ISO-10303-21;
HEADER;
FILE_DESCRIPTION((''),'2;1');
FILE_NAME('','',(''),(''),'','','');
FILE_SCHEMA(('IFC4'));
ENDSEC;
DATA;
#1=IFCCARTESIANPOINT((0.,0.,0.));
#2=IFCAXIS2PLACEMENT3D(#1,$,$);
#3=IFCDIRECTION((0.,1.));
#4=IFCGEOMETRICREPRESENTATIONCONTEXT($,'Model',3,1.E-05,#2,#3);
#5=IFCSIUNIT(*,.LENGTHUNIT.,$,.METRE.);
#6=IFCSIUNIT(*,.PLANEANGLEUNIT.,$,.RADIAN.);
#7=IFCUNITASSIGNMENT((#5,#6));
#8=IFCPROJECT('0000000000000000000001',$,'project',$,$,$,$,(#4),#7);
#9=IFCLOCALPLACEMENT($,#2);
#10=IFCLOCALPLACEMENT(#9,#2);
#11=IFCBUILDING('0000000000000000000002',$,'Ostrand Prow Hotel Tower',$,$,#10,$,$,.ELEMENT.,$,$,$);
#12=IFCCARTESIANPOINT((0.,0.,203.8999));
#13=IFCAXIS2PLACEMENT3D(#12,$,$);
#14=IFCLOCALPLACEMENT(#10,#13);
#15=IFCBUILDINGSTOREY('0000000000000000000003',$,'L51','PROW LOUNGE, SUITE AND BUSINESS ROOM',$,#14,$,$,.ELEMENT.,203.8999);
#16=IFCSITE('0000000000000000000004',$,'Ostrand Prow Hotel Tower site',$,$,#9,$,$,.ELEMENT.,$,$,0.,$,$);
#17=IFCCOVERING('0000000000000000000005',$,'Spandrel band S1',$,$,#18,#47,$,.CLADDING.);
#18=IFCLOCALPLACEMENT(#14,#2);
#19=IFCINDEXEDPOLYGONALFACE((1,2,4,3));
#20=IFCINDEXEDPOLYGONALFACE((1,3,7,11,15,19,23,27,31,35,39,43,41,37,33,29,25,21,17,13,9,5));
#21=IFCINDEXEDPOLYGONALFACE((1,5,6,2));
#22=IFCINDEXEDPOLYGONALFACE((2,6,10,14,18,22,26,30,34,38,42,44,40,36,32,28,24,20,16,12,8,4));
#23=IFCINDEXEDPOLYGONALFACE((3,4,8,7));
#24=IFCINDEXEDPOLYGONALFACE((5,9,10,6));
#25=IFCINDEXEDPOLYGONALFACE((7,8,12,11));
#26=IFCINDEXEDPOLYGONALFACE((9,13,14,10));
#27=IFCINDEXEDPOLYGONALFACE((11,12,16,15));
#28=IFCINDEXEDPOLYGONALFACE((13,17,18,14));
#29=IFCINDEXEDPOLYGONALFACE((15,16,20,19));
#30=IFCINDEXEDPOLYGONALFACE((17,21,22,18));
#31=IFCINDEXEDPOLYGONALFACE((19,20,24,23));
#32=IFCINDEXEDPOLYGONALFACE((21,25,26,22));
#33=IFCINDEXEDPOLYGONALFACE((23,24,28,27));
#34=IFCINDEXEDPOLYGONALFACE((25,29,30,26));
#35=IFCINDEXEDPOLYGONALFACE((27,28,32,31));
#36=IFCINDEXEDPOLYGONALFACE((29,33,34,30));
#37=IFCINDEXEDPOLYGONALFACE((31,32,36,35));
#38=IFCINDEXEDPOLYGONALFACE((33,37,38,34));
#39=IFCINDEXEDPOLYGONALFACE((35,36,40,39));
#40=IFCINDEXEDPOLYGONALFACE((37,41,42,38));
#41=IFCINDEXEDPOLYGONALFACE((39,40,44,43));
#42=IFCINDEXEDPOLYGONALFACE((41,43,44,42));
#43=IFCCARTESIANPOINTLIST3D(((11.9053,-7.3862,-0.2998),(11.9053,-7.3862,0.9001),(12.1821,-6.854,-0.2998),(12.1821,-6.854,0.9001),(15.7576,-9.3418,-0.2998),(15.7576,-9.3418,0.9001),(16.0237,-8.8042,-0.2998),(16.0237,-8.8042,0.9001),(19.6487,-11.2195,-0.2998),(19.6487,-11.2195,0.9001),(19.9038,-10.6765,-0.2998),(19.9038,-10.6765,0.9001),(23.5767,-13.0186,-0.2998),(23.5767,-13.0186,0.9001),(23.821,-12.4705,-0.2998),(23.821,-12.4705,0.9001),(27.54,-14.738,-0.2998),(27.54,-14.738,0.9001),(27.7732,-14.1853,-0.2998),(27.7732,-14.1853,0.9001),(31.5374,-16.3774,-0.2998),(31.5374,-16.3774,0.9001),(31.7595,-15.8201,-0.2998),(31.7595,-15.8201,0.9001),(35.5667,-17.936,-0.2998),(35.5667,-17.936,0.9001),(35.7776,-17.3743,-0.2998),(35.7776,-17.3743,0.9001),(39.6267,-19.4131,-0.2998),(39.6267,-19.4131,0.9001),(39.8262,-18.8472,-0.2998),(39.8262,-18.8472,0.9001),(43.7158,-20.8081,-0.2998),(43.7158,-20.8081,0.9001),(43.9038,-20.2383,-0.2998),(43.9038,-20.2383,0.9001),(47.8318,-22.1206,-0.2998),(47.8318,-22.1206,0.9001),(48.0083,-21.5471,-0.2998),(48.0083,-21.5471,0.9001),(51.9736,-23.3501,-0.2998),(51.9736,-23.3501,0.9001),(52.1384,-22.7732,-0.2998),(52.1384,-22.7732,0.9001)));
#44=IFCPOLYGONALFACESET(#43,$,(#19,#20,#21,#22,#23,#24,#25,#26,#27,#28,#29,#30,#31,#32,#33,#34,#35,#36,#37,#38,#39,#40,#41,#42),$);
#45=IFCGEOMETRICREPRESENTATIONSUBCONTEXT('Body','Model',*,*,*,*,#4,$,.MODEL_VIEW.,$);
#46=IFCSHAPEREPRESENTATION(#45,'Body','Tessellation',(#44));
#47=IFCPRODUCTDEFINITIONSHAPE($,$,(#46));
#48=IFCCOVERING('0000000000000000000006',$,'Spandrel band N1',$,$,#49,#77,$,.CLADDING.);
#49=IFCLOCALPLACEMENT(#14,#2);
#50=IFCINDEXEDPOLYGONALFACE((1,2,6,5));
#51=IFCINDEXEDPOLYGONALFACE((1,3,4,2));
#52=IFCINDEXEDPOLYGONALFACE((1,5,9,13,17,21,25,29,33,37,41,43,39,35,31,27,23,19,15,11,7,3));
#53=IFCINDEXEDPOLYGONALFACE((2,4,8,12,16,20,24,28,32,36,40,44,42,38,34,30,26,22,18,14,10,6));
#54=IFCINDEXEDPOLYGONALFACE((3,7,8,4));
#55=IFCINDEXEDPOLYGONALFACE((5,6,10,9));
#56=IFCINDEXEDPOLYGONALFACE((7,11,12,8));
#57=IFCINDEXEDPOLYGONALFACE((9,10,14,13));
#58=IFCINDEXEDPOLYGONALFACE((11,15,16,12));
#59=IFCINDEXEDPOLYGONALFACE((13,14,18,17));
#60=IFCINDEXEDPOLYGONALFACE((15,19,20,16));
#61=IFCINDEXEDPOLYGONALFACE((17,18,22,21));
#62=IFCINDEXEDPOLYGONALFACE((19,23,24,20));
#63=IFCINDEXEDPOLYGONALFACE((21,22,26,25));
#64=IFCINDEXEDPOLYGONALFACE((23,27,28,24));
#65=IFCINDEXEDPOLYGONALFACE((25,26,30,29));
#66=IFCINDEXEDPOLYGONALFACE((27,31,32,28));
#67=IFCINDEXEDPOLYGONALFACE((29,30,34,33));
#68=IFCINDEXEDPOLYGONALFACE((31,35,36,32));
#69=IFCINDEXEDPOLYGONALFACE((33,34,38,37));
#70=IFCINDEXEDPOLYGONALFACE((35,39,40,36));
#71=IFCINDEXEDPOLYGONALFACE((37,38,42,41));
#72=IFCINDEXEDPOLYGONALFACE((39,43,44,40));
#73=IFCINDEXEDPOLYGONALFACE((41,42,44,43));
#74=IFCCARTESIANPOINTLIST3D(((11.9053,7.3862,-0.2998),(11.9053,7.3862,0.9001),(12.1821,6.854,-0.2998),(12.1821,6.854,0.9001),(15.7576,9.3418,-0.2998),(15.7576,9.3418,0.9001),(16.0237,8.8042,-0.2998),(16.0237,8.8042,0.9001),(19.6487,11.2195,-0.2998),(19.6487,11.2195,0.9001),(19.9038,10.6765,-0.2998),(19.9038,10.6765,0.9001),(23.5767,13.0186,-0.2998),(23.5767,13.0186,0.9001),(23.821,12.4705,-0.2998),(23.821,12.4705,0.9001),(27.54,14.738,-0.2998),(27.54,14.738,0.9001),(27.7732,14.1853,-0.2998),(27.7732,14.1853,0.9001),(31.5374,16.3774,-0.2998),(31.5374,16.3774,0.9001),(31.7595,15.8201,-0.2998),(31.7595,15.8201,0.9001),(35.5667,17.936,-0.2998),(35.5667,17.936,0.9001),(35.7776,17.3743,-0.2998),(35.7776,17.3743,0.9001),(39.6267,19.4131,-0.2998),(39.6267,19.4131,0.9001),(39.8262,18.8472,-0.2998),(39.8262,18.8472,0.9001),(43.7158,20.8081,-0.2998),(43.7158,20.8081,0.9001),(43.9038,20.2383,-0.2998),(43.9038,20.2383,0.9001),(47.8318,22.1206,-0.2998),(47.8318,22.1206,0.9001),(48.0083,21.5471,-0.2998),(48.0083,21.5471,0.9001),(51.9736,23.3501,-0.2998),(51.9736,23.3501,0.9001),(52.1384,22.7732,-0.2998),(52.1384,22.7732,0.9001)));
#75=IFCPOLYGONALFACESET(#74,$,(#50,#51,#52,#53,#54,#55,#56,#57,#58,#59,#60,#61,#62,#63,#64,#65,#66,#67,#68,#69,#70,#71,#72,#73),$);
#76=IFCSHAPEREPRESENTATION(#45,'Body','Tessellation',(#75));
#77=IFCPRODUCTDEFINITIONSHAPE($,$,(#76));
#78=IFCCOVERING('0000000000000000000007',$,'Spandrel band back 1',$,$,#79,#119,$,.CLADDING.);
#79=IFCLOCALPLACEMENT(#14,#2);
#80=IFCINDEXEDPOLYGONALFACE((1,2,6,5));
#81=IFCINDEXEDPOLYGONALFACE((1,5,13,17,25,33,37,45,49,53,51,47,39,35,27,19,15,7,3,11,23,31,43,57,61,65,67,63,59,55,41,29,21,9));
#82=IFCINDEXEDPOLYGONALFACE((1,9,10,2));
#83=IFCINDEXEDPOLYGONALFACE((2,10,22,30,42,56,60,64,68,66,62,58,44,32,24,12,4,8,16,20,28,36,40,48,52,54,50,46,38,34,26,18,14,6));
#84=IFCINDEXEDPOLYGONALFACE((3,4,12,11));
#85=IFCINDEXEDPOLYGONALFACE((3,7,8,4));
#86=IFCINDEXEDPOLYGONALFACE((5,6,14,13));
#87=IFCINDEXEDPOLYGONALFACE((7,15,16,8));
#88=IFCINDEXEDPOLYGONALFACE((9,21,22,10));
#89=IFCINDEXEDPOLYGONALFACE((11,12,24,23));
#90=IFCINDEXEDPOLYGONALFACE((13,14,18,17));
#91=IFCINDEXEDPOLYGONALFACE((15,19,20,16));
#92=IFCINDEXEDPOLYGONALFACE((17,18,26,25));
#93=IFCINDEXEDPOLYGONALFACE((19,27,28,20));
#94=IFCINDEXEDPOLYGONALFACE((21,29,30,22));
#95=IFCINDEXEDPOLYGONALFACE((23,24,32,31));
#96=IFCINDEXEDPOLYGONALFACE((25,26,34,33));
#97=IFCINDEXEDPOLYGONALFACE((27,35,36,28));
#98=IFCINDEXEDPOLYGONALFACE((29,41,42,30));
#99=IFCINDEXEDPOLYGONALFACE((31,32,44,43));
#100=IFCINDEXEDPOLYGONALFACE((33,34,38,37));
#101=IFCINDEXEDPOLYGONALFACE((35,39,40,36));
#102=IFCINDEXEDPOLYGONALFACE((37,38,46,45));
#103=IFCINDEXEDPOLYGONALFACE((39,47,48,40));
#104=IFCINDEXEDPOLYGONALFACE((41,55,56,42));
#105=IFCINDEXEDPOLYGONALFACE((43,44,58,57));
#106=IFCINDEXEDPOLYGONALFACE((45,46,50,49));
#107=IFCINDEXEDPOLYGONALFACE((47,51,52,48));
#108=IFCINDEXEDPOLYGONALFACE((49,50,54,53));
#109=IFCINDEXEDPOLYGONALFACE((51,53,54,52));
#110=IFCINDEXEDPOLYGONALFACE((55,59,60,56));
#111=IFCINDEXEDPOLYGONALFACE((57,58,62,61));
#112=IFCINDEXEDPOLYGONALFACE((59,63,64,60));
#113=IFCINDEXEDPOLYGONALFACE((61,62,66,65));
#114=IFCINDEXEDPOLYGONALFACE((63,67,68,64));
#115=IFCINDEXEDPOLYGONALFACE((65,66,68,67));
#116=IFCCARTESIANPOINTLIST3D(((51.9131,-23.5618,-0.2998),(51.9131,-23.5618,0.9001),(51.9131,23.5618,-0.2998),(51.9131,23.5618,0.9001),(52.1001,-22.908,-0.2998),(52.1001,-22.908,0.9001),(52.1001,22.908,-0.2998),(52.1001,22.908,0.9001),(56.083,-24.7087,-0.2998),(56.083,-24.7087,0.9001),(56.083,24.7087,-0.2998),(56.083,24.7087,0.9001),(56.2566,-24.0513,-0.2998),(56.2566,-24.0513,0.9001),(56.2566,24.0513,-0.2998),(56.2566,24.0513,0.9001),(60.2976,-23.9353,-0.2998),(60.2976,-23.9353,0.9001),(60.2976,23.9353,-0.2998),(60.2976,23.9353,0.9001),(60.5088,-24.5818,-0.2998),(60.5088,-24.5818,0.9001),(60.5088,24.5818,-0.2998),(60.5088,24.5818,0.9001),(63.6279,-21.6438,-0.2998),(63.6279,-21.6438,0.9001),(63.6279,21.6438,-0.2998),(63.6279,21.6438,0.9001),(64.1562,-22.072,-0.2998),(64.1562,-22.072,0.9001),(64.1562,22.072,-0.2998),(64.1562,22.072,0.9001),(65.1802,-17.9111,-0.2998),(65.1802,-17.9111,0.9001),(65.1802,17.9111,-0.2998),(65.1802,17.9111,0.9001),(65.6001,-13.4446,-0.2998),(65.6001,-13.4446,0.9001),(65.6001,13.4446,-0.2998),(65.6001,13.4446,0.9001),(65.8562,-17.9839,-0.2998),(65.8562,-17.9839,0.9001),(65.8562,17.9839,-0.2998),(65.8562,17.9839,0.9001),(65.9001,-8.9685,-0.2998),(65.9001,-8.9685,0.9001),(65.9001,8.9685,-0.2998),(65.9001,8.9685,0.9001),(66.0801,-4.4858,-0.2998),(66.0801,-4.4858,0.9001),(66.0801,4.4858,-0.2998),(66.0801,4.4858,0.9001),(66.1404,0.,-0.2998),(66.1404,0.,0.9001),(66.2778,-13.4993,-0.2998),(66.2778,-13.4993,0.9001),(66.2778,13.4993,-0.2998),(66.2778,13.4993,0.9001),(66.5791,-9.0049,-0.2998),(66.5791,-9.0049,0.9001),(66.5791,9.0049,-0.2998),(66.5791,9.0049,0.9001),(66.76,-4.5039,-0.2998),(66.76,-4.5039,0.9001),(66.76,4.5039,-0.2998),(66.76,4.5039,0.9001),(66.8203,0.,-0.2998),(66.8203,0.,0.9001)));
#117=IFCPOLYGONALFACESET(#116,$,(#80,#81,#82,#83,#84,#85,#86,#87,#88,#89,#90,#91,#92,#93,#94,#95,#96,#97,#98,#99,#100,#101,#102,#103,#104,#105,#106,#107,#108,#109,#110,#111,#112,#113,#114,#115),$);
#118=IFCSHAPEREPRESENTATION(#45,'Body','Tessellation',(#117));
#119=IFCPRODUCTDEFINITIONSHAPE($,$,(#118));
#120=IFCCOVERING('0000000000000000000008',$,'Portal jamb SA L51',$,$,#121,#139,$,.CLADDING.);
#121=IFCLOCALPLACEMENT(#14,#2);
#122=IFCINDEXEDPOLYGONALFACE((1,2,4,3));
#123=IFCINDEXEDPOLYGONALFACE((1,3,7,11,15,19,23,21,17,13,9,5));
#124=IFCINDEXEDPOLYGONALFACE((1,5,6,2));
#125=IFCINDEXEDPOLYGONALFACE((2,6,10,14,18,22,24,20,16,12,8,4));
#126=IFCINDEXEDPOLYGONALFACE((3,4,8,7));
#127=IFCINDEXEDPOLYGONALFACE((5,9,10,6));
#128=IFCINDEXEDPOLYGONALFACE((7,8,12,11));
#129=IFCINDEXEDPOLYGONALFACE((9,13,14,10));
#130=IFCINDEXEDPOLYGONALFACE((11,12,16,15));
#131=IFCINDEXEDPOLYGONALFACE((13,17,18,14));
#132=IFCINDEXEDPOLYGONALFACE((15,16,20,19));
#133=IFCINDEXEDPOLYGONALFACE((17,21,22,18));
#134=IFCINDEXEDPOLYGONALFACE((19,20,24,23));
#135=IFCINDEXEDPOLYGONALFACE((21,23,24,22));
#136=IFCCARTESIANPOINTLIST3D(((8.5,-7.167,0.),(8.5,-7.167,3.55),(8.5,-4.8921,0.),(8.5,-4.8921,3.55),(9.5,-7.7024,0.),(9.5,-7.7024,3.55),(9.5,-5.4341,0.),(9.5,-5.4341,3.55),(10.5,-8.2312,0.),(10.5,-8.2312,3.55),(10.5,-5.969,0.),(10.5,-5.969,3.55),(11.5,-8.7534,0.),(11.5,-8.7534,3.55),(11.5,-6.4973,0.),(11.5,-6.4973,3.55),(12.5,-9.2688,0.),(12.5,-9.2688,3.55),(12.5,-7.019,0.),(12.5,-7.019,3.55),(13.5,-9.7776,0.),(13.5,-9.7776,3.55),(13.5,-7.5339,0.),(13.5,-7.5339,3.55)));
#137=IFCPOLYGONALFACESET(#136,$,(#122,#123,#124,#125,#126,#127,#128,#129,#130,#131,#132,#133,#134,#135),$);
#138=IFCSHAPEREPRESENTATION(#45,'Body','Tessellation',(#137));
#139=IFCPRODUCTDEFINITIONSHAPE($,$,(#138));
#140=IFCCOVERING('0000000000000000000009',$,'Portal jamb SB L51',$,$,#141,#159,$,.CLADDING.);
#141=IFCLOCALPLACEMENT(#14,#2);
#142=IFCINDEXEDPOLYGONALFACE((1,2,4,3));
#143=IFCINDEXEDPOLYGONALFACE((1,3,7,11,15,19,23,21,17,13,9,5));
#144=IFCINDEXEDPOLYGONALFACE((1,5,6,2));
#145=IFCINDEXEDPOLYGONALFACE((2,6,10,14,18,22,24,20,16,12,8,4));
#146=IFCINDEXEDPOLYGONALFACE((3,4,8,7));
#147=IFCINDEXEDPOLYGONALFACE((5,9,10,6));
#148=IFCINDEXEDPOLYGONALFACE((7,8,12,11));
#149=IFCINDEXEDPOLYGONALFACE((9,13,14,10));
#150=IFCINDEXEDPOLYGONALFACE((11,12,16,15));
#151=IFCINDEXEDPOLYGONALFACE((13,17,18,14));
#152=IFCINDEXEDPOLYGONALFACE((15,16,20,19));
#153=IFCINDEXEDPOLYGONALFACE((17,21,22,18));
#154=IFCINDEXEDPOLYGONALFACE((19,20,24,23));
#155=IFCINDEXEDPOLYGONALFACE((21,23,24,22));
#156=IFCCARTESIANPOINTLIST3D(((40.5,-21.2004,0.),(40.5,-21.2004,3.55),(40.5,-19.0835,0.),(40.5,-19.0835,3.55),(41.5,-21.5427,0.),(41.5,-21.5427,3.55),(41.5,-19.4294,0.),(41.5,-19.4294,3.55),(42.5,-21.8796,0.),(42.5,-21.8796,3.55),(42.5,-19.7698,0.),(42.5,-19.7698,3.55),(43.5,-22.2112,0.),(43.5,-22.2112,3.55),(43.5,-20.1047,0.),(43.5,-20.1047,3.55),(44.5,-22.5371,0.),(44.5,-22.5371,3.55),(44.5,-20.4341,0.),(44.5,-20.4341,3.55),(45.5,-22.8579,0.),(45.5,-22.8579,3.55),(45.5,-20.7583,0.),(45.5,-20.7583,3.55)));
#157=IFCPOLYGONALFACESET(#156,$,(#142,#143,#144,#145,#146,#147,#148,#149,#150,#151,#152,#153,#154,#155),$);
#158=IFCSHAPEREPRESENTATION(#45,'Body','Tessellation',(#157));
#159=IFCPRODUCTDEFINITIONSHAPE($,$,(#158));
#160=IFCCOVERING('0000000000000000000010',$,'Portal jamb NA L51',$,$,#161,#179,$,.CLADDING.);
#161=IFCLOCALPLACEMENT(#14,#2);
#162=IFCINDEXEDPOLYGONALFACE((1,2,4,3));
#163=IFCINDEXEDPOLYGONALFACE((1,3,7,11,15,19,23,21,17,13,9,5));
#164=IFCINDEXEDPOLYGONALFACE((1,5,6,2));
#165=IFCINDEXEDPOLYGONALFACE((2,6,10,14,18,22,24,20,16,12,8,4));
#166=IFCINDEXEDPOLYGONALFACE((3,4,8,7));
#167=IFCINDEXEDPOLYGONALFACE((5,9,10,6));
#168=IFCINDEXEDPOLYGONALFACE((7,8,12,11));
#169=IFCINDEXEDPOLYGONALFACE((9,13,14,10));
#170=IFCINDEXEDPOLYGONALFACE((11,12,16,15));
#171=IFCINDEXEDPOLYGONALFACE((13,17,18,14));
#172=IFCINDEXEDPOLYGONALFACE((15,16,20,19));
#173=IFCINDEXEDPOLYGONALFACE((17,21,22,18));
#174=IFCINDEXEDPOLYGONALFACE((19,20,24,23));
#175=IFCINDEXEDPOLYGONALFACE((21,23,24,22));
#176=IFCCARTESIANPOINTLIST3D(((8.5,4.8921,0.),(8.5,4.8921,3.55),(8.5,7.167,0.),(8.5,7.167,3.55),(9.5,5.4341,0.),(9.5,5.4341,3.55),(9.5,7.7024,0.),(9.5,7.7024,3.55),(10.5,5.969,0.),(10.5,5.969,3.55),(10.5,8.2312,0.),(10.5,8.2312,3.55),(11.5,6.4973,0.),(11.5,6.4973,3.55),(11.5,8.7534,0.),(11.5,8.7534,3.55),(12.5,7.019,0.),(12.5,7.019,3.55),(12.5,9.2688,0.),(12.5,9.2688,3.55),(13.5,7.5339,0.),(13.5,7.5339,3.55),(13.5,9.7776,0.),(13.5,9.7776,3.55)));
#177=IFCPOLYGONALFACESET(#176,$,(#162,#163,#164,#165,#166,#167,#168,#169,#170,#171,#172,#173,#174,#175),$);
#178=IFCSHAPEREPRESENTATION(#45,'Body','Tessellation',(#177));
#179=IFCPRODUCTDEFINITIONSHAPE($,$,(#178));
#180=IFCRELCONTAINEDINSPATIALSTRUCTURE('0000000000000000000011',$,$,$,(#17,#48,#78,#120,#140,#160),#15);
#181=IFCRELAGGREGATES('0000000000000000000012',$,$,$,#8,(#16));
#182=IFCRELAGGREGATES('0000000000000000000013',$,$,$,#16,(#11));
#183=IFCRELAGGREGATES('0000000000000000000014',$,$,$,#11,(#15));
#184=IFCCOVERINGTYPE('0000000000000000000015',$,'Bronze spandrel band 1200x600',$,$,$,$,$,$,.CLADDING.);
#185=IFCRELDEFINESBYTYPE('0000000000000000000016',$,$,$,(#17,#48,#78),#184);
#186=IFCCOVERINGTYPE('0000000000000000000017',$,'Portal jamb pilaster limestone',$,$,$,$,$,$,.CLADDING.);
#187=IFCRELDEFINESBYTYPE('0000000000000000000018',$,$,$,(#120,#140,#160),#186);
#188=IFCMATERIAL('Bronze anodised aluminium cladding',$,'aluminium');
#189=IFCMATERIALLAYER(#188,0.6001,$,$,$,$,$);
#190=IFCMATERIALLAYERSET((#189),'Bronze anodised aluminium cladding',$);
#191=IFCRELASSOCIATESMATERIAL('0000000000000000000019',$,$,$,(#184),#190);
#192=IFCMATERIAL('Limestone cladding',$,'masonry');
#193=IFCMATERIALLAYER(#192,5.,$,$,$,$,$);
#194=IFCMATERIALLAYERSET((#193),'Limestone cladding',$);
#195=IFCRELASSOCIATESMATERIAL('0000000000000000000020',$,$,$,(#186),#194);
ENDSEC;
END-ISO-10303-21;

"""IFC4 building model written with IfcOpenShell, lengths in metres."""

from ifc_helpers import new_model, si_unit, direction, frame, origin, place, context, subcontext, project, spatial, polyline, outline, extrude, material, layer, layer_set, type_object, element, save


model = new_model("IFC4")

# Units and contexts
model_context = context("Model", 3, precision=1e-05, world=origin(), true_north=direction((0.0, 1.0)))
body_context = subcontext(model_context, "Body", "Model", "MODEL_VIEW")
ifc_project = project(units=[si_unit("LENGTHUNIT", "METRE"), si_unit("PLANEANGLEUNIT", "RADIAN")], contexts=[model_context])

# Site, building, storey
site_placement = place(None, origin())
site = spatial("IfcSite", under=ifc_project, at=site_placement, Name="Ostrand Prow Hotel Tower site", CompositionType="ELEMENT", RefElevation=0.0)
building_placement = place(site_placement, origin())
building = spatial("IfcBuilding", under=site, at=building_placement, Name="Ostrand Prow Hotel Tower", CompositionType="ELEMENT")
storey_placement = place(building_placement, frame((0.0, 0.0, 203.8999)))
storey = spatial("IfcBuildingStorey", under=building, at=storey_placement, Name="L51", Description="PROW LOUNGE, SUITE AND BUSINESS ROOM", CompositionType="ELEMENT", Elevation=203.8999)

# Coverings
ifc_material_1 = material(Name="Bronze anodised aluminium cladding", Category="aluminium")
ifc_layer_1 = layer(ifc_material_1, 0.6001)
ifc_layer_set_1 = layer_set([ifc_layer_1], Name="Bronze anodised aluminium cladding")
covering_type_1 = type_object("IfcCoveringType", Name="Bronze spandrel band 1200x600", PredefinedType="CLADDING", material=ifc_layer_set_1)
covering_1_placement = place(storey_placement, frame((0.0, 0.0, -0.2998)))
element("IfcCovering", 1, at=covering_1_placement, inside=storey, type_object=covering_type_1, Name="Spandrel band S1", PredefinedType="CLADDING", context=body_context, shape_type="SweptSolid", body=[
    extrude(outline(polyline([(11.9053, -7.3862), (15.7576, -9.3418), (19.6487, -11.2195), (23.5767, -13.0186), (27.54, -14.738), (31.5374, -16.3774), (35.5667, -17.936), (39.6267, -19.4131), (43.7158, -20.8081), (47.8318, -22.1206), (51.9736, -23.3501), (52.1384, -22.7732), (48.0083, -21.5471), (43.9038, -20.2383), (39.8262, -18.8472), (35.7776, -17.3743), (31.7595, -15.8201), (27.7732, -14.1853), (23.821, -12.4705), (19.9038, -10.6765), (16.0237, -8.8042), (12.1821, -6.854), (11.9053, -7.3862)])), origin(), (0.0, 0.0, 1.0), 1.2),
])
covering_2_placement = place(storey_placement, frame((0.0, 0.0, -0.2998)))
element("IfcCovering", 2, at=covering_2_placement, inside=storey, type_object=covering_type_1, Name="Spandrel band N1", PredefinedType="CLADDING", context=body_context, shape_type="SweptSolid", body=[
    extrude(outline(polyline([(51.9736, 23.3501), (47.8318, 22.1206), (43.7158, 20.8081), (39.6267, 19.4131), (35.5667, 17.936), (31.5374, 16.3774), (27.54, 14.738), (23.5767, 13.0186), (19.6487, 11.2195), (15.7576, 9.3418), (11.9053, 7.3862), (12.1821, 6.854), (16.0237, 8.8042), (19.9038, 10.6765), (23.821, 12.4705), (27.7732, 14.1853), (31.7595, 15.8201), (35.7776, 17.3743), (39.8262, 18.8472), (43.9038, 20.2383), (48.0083, 21.5471), (52.1384, 22.7732), (51.9736, 23.3501)])), origin(), (0.0, 0.0, 1.0), 1.2),
])
covering_3_placement = place(storey_placement, frame((0.0, 0.0, -0.2998)))
element("IfcCovering", 3, at=covering_3_placement, inside=storey, type_object=covering_type_1, Name="Spandrel band back 1", PredefinedType="CLADDING", context=body_context, shape_type="SweptSolid", body=[
    extrude(outline(polyline([(51.9131, -23.5618), (56.083, -24.7087), (60.5088, -24.5818), (64.1562, -22.072), (65.8562, -17.9839), (66.2778, -13.4993), (66.5791, -9.0049), (66.76, -4.5039), (66.8203, 0.0), (66.76, 4.5039), (66.5791, 9.0049), (66.2778, 13.4993), (65.8562, 17.9839), (64.1562, 22.072), (60.5088, 24.5818), (56.083, 24.7087), (51.9131, 23.5618), (52.1001, 22.908), (56.2566, 24.0513), (60.2976, 23.9353), (63.6279, 21.6438), (65.1802, 17.9111), (65.6001, 13.4446), (65.9001, 8.9685), (66.0801, 4.4858), (66.1404, 0.0), (66.0801, -4.4858), (65.9001, -8.9685), (65.6001, -13.4446), (65.1802, -17.9111), (63.6279, -21.6438), (60.2976, -23.9353), (56.2566, -24.0513), (52.1001, -22.908), (51.9131, -23.5618)])), origin(), (0.0, 0.0, 1.0), 1.2),
])
ifc_material_2 = material(Name="Limestone cladding", Category="masonry")
ifc_layer_2 = layer(ifc_material_2, 5.0)
ifc_layer_set_2 = layer_set([ifc_layer_2], Name="Limestone cladding")
covering_type_2 = type_object("IfcCoveringType", Name="Portal jamb pilaster limestone", PredefinedType="CLADDING", material=ifc_layer_set_2)
covering_4_placement = place(storey_placement, origin())
element("IfcCovering", 4, at=covering_4_placement, inside=storey, type_object=covering_type_2, Name="Portal jamb SA L51", PredefinedType="CLADDING", context=body_context, shape_type="SweptSolid", body=[
    extrude(outline(polyline([(8.5, -4.8921), (8.5, -7.167), (9.5, -7.7024), (10.5, -8.2312), (11.5, -8.7534), (12.5, -9.2688), (13.5, -9.7776), (13.5, -7.5339), (12.5, -7.019), (11.5, -6.4973), (10.5, -5.969), (9.5, -5.4341), (8.5, -4.8921)])), origin(), (0.0, 0.0, 1.0), 3.55),
])
covering_5_placement = place(storey_placement, origin())
element("IfcCovering", 5, at=covering_5_placement, inside=storey, type_object=covering_type_2, Name="Portal jamb SB L51", PredefinedType="CLADDING", context=body_context, shape_type="SweptSolid", body=[
    extrude(outline(polyline([(40.5, -19.0835), (40.5, -21.2004), (41.5, -21.5427), (42.5, -21.8796), (43.5, -22.2112), (44.5, -22.5371), (45.5, -22.8579), (45.5, -20.7583), (44.5, -20.4341), (43.5, -20.1047), (42.5, -19.7698), (41.5, -19.4294), (40.5, -19.0835)])), origin(), (0.0, 0.0, 1.0), 3.55),
])
covering_6_placement = place(storey_placement, origin())
element("IfcCovering", 6, at=covering_6_placement, inside=storey, type_object=covering_type_2, Name="Portal jamb NA L51", PredefinedType="CLADDING", context=body_context, shape_type="SweptSolid", body=[
    extrude(outline(polyline([(8.5, 4.8921), (9.5, 5.4341), (10.5, 5.969), (11.5, 6.4973), (12.5, 7.019), (13.5, 7.5339), (13.5, 9.7776), (12.5, 9.2688), (11.5, 8.7534), (10.5, 8.2312), (9.5, 7.7024), (8.5, 7.167), (8.5, 4.8921)])), origin(), (0.0, 0.0, 1.0), 3.55),
])

save(model, "model.ifc")
